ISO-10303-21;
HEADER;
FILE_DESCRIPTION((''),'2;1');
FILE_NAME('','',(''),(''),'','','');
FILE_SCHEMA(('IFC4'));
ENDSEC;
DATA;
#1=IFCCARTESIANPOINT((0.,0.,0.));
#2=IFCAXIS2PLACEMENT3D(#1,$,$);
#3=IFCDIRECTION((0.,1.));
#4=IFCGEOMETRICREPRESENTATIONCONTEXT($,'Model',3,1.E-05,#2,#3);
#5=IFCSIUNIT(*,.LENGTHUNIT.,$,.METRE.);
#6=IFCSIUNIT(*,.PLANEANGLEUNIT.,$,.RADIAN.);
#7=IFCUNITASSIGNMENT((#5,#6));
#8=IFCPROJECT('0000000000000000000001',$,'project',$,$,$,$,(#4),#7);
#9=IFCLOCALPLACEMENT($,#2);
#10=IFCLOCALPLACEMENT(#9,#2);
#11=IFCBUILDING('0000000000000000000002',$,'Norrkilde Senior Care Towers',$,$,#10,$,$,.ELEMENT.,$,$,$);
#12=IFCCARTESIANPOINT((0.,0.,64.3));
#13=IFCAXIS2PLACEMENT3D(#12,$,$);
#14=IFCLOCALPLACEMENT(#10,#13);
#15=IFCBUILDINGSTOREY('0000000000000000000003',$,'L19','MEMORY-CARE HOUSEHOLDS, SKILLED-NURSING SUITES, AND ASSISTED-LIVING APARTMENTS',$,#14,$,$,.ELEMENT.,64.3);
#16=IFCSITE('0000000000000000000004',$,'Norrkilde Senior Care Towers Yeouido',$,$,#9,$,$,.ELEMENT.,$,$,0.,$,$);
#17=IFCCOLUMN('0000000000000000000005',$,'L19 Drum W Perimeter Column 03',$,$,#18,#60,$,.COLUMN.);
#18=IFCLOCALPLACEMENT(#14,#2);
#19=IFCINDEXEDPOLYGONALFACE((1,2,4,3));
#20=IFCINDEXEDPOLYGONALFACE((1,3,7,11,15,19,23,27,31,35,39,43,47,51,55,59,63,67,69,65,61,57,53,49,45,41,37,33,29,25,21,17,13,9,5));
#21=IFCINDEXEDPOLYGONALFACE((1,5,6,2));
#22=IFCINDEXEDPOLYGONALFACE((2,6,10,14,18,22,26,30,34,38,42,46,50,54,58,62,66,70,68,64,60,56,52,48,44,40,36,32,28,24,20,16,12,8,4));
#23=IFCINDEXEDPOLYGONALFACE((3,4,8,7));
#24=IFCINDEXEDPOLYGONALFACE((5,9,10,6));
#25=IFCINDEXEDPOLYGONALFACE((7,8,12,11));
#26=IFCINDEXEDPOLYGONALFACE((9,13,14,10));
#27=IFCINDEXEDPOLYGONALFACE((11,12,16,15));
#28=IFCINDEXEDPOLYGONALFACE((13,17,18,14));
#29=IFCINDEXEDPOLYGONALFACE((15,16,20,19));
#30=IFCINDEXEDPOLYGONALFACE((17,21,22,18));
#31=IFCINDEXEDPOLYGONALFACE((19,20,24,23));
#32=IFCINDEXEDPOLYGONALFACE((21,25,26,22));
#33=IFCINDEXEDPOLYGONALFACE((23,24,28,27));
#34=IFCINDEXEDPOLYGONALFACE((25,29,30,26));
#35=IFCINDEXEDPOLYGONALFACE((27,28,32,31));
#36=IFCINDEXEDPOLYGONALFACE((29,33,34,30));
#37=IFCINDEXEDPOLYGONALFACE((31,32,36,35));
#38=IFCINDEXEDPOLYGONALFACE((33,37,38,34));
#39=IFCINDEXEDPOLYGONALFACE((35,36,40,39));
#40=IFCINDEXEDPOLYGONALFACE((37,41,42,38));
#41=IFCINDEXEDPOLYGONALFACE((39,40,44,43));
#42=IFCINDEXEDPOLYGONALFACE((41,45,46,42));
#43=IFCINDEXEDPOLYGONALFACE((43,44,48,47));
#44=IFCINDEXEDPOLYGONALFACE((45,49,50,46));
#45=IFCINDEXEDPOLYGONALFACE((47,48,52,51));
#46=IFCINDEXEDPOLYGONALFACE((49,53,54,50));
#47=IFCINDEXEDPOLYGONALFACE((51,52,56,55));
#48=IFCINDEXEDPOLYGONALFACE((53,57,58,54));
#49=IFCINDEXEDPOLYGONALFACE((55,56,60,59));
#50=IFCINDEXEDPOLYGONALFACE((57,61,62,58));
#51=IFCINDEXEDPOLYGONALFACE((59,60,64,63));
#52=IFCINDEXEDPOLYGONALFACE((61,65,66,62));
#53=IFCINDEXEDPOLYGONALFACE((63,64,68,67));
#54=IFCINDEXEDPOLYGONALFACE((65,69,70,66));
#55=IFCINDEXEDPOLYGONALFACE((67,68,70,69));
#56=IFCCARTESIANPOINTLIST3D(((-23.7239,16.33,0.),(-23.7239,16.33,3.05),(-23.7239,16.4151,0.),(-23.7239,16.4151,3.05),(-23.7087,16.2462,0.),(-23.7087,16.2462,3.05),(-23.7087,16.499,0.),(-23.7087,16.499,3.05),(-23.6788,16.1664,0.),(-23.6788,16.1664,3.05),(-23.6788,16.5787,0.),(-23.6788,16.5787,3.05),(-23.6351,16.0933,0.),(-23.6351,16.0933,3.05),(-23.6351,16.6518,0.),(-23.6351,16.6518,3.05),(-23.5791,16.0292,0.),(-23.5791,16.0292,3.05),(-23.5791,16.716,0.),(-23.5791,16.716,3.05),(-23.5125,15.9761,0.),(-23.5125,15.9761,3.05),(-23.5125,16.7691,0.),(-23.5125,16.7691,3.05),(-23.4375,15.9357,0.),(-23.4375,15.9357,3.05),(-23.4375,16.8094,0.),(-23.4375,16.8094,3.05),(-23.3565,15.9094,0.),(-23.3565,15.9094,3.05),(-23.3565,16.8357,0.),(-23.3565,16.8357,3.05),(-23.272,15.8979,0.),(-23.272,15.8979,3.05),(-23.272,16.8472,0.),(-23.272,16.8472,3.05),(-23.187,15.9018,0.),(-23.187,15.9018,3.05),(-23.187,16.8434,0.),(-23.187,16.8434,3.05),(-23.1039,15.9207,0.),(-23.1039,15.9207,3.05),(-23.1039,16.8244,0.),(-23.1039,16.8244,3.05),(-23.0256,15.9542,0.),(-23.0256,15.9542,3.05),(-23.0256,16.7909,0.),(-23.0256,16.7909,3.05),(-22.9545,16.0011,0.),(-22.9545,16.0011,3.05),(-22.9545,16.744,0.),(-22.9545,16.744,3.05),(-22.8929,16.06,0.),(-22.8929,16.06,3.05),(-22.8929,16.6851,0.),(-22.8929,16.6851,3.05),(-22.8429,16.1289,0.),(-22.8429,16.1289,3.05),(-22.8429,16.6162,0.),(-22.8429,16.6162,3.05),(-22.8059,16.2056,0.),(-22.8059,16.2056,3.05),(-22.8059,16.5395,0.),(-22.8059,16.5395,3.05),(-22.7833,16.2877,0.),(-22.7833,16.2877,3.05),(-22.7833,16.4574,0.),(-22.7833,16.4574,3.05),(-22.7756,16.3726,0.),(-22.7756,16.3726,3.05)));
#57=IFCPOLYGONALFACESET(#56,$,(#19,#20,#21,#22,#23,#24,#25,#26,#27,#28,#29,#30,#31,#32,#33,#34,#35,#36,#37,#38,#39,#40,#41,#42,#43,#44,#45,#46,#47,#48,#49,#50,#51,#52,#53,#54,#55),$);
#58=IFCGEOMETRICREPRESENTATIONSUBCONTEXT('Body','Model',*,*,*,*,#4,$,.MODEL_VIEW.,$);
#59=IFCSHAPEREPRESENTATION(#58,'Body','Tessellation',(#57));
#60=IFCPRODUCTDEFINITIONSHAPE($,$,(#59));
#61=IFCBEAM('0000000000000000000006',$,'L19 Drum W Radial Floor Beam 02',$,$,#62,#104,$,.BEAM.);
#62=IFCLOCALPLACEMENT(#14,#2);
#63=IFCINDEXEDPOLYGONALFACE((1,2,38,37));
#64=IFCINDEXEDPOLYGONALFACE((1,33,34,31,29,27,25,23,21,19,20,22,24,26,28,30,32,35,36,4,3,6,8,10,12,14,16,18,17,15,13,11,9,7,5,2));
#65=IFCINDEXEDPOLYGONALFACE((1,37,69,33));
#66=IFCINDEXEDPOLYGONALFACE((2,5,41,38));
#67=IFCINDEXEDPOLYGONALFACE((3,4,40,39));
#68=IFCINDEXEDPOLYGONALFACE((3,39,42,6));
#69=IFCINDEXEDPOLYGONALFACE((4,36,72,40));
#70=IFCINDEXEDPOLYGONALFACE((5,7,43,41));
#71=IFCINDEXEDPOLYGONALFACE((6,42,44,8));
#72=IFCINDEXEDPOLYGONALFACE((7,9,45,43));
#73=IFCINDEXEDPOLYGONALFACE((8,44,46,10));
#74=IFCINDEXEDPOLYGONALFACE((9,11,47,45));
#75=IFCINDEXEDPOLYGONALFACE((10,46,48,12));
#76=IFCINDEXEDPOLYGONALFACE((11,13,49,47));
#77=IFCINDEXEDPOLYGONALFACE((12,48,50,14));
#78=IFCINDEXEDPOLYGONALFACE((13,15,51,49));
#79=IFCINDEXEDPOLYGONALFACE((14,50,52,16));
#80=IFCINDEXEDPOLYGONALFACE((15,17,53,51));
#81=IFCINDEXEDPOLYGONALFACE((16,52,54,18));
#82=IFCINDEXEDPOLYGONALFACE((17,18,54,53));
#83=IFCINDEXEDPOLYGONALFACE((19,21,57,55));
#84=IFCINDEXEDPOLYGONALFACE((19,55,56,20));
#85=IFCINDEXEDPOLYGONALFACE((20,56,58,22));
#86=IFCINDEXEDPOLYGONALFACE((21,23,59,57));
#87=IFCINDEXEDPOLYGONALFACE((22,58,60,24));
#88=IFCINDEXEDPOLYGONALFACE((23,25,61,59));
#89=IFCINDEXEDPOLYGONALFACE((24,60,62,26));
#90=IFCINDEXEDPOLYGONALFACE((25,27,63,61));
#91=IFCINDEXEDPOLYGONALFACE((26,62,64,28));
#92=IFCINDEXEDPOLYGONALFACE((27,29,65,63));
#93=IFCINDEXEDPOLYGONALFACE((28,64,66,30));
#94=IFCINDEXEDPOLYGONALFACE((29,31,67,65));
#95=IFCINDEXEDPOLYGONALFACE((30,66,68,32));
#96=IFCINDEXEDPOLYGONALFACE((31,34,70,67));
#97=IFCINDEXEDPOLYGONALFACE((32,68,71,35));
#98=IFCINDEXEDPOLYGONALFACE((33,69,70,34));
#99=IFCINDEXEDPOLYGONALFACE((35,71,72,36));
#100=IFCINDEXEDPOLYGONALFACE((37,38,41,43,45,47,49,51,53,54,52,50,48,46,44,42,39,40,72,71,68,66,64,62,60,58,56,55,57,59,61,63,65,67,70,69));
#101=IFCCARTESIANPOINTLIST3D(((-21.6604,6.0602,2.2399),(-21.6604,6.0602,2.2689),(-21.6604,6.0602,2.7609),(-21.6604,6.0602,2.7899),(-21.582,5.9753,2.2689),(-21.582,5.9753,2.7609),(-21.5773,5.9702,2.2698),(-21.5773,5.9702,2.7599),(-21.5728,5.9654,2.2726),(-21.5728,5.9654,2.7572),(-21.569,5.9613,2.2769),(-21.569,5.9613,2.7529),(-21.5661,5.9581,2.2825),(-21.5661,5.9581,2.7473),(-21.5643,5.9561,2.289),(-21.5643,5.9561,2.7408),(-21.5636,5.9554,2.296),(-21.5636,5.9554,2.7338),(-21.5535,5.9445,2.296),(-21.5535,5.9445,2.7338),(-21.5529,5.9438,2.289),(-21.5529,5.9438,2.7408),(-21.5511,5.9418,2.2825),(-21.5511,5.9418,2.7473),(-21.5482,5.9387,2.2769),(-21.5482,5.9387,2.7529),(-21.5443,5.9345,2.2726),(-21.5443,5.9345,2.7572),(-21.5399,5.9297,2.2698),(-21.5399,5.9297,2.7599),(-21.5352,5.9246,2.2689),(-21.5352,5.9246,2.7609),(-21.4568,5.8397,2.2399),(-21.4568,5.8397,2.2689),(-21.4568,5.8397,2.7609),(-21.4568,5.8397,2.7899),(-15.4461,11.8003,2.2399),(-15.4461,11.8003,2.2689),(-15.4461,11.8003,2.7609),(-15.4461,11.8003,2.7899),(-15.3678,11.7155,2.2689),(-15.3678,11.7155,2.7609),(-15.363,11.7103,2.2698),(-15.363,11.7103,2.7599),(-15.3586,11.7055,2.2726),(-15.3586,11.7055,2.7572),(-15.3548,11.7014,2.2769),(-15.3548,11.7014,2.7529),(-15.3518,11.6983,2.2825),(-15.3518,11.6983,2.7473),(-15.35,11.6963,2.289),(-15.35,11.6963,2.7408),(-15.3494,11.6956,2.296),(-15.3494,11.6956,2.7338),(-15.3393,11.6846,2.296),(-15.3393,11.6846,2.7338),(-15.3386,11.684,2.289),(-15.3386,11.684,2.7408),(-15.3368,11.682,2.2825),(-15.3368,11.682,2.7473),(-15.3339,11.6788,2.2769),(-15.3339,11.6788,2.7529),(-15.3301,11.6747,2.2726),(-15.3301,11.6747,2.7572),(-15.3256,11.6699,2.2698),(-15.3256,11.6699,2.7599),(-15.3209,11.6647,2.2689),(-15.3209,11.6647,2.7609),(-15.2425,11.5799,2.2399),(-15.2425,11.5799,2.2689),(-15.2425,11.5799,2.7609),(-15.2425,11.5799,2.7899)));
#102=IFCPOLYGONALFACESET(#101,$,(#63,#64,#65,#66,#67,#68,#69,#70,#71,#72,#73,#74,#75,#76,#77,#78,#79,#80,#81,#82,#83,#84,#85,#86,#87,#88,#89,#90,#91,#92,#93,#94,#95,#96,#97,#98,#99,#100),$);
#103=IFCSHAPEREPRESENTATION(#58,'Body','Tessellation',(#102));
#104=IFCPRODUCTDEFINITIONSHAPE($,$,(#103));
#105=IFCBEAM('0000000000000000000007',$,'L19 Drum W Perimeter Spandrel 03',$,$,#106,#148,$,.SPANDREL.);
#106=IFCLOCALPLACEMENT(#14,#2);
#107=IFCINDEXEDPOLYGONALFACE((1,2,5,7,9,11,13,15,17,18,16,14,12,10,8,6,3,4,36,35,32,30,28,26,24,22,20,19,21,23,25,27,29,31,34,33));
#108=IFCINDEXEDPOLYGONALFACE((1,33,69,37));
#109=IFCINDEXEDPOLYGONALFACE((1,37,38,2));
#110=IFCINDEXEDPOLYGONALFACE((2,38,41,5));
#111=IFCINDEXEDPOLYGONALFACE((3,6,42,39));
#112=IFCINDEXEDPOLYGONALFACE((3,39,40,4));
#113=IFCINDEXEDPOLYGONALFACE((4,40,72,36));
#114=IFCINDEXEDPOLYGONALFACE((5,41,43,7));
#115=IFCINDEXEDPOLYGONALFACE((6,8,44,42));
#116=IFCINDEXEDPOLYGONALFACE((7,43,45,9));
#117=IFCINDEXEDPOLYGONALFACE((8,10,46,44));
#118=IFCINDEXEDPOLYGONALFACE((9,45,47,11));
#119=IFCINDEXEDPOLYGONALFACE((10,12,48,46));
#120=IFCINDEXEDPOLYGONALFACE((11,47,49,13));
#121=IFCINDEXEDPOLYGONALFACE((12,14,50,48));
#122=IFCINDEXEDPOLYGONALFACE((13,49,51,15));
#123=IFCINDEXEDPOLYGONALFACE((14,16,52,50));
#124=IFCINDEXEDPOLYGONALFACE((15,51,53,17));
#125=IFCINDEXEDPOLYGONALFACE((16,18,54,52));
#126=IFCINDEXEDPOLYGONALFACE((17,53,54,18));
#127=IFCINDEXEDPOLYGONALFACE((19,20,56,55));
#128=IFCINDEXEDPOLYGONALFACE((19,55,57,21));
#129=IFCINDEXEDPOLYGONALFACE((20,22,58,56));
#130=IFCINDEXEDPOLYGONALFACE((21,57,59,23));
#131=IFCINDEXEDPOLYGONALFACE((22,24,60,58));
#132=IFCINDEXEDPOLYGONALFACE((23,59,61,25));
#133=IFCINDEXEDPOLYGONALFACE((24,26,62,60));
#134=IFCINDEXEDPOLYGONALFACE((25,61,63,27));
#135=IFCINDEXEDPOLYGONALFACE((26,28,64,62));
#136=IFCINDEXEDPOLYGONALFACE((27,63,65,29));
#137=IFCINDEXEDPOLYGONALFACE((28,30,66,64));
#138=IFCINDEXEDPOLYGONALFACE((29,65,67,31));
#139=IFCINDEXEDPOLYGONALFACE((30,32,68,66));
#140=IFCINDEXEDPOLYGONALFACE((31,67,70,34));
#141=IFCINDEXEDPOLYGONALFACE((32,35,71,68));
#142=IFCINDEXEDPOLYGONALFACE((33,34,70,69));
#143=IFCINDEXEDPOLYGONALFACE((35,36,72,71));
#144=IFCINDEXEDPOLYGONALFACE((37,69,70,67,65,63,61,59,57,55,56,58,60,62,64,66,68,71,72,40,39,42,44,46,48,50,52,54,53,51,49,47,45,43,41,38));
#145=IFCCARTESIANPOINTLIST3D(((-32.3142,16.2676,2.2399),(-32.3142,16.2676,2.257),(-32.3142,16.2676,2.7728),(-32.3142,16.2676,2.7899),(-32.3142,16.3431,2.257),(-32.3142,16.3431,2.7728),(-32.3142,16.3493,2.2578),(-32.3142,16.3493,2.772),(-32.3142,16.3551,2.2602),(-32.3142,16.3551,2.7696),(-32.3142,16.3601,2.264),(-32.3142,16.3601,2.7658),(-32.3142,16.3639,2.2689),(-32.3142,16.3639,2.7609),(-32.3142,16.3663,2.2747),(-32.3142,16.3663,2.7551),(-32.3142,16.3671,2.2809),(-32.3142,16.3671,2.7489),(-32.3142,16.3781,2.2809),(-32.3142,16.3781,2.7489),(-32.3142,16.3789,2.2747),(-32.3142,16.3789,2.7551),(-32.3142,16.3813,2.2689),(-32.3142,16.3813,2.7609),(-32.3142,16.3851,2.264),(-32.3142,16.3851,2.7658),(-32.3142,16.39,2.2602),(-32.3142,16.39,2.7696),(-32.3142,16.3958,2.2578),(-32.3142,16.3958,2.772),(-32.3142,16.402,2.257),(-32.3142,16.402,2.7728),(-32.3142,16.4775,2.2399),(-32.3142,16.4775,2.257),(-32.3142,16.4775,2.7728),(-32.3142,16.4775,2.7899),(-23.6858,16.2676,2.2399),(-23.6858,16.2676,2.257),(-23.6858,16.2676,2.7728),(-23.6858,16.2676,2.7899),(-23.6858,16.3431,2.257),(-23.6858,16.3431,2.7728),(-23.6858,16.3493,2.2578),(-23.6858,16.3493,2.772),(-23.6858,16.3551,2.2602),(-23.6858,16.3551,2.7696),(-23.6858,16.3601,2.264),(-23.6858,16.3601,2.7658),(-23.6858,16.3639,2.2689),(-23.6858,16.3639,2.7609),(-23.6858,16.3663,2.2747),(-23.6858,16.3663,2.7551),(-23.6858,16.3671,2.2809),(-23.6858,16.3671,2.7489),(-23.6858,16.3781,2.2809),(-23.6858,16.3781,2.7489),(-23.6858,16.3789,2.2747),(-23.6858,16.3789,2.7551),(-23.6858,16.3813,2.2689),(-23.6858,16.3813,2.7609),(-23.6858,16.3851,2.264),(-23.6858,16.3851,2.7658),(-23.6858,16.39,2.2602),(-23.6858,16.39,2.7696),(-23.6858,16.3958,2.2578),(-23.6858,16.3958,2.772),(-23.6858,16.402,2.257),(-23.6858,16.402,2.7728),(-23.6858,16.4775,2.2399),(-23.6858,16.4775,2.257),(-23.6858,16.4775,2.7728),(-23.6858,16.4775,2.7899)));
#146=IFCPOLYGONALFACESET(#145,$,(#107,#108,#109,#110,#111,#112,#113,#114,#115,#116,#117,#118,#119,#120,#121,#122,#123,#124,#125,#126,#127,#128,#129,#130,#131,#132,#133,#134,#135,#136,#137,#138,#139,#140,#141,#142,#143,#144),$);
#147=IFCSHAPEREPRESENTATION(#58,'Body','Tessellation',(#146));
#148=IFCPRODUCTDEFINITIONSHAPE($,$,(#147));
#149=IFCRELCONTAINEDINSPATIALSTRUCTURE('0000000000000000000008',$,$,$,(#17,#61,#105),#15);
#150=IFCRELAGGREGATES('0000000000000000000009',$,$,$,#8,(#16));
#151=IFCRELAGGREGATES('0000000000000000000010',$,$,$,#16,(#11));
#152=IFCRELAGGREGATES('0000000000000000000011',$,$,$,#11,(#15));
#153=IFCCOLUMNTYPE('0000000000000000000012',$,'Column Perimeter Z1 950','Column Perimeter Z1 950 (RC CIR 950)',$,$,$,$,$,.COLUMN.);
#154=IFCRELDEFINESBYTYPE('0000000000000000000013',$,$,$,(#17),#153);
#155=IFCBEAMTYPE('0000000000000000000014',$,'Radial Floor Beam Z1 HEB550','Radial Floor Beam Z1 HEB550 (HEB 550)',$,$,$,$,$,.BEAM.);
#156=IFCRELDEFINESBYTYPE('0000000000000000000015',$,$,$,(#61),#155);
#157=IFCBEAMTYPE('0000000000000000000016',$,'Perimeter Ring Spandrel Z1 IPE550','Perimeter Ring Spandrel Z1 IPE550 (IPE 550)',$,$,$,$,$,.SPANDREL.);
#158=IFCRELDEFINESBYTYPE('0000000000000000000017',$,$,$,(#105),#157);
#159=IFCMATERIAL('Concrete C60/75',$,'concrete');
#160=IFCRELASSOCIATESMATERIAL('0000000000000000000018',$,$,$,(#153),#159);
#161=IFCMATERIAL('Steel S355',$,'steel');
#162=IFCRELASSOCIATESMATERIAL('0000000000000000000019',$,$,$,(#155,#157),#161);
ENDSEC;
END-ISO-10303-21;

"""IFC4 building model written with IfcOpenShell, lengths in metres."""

from ifc_helpers import new_model, si_unit, direction, frame, origin, origin_2d, place, context, subcontext, project, spatial, circle, i_section, extrude, source, transform, mapped, material, material_profile, profile_set, type_object, type_shapes, element, save


model = new_model("IFC4")

# Units and contexts
model_context = context("Model", 3, precision=1e-05, world=origin(), true_north=direction((0.0, 1.0)))
body_context = subcontext(model_context, "Body", "Model", "MODEL_VIEW")
ifc_project = project(units=[si_unit("LENGTHUNIT", "METRE"), si_unit("PLANEANGLEUNIT", "RADIAN")], contexts=[model_context])

# Site, building, storey
site_placement = place(None, origin())
site = spatial("IfcSite", under=ifc_project, at=site_placement, Name="Norrkilde Senior Care Towers Yeouido", CompositionType="ELEMENT", RefElevation=0.0)
building_placement = place(site_placement, origin())
building = spatial("IfcBuilding", under=site, at=building_placement, Name="Norrkilde Senior Care Towers", CompositionType="ELEMENT")
storey_placement = place(building_placement, frame((0.0, 0.0, 64.3)))
storey = spatial("IfcBuildingStorey", under=building, at=storey_placement, Name="L19", Description="MEMORY-CARE HOUSEHOLDS, SKILLED-NURSING SUITES, AND ASSISTED-LIVING APARTMENTS", CompositionType="ELEMENT", Elevation=64.3)

# Column
ifc_material_1 = material(Name="Concrete C60/75", Category="concrete")
ifc_material_profile_1 = material_profile(ifc_material_1, circle(Radius=0.4751, at=origin_2d()), Name="RC CIR 950")
ifc_profile_set_1 = profile_set([ifc_material_profile_1], Name="Concrete C60/75")
column_type = type_object("IfcColumnType", Name="Column Perimeter Z1 950", Description="Column Perimeter Z1 950 (RC CIR 950)", PredefinedType="COLUMN", material=ifc_profile_set_1)
shared_shape_1 = source(origin(), body_context, "Body", "SweptSolid", [
    extrude(circle(Radius=0.4751, at=origin_2d()), origin(), (0.0, 0.0, 1.0), 3.05),
])
type_shapes(column_type, [shared_shape_1])
column_placement = place(storey_placement, frame((-23.2507, 16.3726, 0.0), z_axis=(0.0, 0.0, 1.0), x_axis=(1.0, 0.0, 0.0)))
element("IfcColumn", 1, at=column_placement, inside=storey, type_object=column_type, Name="L19 Drum W Perimeter Column 03", PredefinedType="COLUMN", context=body_context, shape_type="MappedRepresentation", body=[
    mapped(shared_shape_1, transform((0.0, 0.0, 0.0), x_axis=(1.0, 0.0, 0.0), y_axis=(0.0, 1.0, 0.0), z_axis=(0.0, 0.0, 1.0), scale=1.0)),
])

# Beams
ifc_material_2 = material(Name="Steel S355", Category="steel")
ifc_material_profile_2 = material_profile(ifc_material_2, i_section(OverallWidth=0.3, OverallDepth=0.55, WebThickness=0.0149, FlangeThickness=0.0291, FilletRadius=0.0271, at=origin_2d()), Name="HEB 550")
ifc_profile_set_2 = profile_set([ifc_material_profile_2], Name="Steel S355")
beam_type_1 = type_object("IfcBeamType", Name="Radial Floor Beam Z1 HEB550", Description="Radial Floor Beam Z1 HEB550 (HEB 550)", PredefinedType="BEAM", material=ifc_profile_set_2)
shared_shape_2 = source(origin(), body_context, "Body", "SweptSolid", [
    extrude(i_section(OverallWidth=0.3, OverallDepth=0.55, WebThickness=0.0149, FlangeThickness=0.0291, FilletRadius=0.0271, at=origin_2d()), origin(), (0.0, 0.0, 1.0), 8.4597),
])
beam_1_placement = place(storey_placement, frame((-21.5586, 5.95, 2.5149), z_axis=(0.734573, 0.678529, 0.0), x_axis=(-0.678529, 0.734573, 0.0)))
element("IfcBeam", 2, at=beam_1_placement, inside=storey, type_object=beam_type_1, Name="L19 Drum W Radial Floor Beam 02", PredefinedType="BEAM", context=body_context, shape_type="MappedRepresentation", body=[
    mapped(shared_shape_2, transform((0.0, 0.0, 0.0), x_axis=(1.0, 0.0, 0.0), y_axis=(0.0, 1.0, 0.0), z_axis=(0.0, 0.0, 1.0), scale=1.0)),
])
ifc_material_profile_3 = material_profile(ifc_material_2, i_section(OverallWidth=0.21, OverallDepth=0.55, WebThickness=0.011, FlangeThickness=0.0171, FilletRadius=0.0239, at=origin_2d()), Name="IPE 550")
ifc_profile_set_3 = profile_set([ifc_material_profile_3], Name="Steel S355")
beam_type_2 = type_object("IfcBeamType", Name="Perimeter Ring Spandrel Z1 IPE550", Description="Perimeter Ring Spandrel Z1 IPE550 (IPE 550)", PredefinedType="SPANDREL", material=ifc_profile_set_3)
shared_shape_3 = source(origin(), body_context, "Body", "SweptSolid", [
    extrude(i_section(OverallWidth=0.21, OverallDepth=0.55, WebThickness=0.011, FlangeThickness=0.0171, FilletRadius=0.0239, at=origin_2d()), origin(), (0.0, 0.0, 1.0), 8.6284),
])
type_shapes(beam_type_2, [shared_shape_3])
beam_2_placement = place(storey_placement, frame((-23.6858, 16.3726, 2.5149), z_axis=(-1.0, 0.0, 0.0), x_axis=(0.0, -1.0, 0.0)))
element("IfcBeam", 3, at=beam_2_placement, inside=storey, type_object=beam_type_2, Name="L19 Drum W Perimeter Spandrel 03", PredefinedType="SPANDREL", context=body_context, shape_type="MappedRepresentation", body=[
    mapped(shared_shape_3, transform((0.0, 0.0, 0.0), x_axis=(1.0, 0.0, 0.0), y_axis=(0.0, 1.0, 0.0), z_axis=(0.0, 0.0, 1.0), scale=1.0)),
])

save(model, "model.ifc")
